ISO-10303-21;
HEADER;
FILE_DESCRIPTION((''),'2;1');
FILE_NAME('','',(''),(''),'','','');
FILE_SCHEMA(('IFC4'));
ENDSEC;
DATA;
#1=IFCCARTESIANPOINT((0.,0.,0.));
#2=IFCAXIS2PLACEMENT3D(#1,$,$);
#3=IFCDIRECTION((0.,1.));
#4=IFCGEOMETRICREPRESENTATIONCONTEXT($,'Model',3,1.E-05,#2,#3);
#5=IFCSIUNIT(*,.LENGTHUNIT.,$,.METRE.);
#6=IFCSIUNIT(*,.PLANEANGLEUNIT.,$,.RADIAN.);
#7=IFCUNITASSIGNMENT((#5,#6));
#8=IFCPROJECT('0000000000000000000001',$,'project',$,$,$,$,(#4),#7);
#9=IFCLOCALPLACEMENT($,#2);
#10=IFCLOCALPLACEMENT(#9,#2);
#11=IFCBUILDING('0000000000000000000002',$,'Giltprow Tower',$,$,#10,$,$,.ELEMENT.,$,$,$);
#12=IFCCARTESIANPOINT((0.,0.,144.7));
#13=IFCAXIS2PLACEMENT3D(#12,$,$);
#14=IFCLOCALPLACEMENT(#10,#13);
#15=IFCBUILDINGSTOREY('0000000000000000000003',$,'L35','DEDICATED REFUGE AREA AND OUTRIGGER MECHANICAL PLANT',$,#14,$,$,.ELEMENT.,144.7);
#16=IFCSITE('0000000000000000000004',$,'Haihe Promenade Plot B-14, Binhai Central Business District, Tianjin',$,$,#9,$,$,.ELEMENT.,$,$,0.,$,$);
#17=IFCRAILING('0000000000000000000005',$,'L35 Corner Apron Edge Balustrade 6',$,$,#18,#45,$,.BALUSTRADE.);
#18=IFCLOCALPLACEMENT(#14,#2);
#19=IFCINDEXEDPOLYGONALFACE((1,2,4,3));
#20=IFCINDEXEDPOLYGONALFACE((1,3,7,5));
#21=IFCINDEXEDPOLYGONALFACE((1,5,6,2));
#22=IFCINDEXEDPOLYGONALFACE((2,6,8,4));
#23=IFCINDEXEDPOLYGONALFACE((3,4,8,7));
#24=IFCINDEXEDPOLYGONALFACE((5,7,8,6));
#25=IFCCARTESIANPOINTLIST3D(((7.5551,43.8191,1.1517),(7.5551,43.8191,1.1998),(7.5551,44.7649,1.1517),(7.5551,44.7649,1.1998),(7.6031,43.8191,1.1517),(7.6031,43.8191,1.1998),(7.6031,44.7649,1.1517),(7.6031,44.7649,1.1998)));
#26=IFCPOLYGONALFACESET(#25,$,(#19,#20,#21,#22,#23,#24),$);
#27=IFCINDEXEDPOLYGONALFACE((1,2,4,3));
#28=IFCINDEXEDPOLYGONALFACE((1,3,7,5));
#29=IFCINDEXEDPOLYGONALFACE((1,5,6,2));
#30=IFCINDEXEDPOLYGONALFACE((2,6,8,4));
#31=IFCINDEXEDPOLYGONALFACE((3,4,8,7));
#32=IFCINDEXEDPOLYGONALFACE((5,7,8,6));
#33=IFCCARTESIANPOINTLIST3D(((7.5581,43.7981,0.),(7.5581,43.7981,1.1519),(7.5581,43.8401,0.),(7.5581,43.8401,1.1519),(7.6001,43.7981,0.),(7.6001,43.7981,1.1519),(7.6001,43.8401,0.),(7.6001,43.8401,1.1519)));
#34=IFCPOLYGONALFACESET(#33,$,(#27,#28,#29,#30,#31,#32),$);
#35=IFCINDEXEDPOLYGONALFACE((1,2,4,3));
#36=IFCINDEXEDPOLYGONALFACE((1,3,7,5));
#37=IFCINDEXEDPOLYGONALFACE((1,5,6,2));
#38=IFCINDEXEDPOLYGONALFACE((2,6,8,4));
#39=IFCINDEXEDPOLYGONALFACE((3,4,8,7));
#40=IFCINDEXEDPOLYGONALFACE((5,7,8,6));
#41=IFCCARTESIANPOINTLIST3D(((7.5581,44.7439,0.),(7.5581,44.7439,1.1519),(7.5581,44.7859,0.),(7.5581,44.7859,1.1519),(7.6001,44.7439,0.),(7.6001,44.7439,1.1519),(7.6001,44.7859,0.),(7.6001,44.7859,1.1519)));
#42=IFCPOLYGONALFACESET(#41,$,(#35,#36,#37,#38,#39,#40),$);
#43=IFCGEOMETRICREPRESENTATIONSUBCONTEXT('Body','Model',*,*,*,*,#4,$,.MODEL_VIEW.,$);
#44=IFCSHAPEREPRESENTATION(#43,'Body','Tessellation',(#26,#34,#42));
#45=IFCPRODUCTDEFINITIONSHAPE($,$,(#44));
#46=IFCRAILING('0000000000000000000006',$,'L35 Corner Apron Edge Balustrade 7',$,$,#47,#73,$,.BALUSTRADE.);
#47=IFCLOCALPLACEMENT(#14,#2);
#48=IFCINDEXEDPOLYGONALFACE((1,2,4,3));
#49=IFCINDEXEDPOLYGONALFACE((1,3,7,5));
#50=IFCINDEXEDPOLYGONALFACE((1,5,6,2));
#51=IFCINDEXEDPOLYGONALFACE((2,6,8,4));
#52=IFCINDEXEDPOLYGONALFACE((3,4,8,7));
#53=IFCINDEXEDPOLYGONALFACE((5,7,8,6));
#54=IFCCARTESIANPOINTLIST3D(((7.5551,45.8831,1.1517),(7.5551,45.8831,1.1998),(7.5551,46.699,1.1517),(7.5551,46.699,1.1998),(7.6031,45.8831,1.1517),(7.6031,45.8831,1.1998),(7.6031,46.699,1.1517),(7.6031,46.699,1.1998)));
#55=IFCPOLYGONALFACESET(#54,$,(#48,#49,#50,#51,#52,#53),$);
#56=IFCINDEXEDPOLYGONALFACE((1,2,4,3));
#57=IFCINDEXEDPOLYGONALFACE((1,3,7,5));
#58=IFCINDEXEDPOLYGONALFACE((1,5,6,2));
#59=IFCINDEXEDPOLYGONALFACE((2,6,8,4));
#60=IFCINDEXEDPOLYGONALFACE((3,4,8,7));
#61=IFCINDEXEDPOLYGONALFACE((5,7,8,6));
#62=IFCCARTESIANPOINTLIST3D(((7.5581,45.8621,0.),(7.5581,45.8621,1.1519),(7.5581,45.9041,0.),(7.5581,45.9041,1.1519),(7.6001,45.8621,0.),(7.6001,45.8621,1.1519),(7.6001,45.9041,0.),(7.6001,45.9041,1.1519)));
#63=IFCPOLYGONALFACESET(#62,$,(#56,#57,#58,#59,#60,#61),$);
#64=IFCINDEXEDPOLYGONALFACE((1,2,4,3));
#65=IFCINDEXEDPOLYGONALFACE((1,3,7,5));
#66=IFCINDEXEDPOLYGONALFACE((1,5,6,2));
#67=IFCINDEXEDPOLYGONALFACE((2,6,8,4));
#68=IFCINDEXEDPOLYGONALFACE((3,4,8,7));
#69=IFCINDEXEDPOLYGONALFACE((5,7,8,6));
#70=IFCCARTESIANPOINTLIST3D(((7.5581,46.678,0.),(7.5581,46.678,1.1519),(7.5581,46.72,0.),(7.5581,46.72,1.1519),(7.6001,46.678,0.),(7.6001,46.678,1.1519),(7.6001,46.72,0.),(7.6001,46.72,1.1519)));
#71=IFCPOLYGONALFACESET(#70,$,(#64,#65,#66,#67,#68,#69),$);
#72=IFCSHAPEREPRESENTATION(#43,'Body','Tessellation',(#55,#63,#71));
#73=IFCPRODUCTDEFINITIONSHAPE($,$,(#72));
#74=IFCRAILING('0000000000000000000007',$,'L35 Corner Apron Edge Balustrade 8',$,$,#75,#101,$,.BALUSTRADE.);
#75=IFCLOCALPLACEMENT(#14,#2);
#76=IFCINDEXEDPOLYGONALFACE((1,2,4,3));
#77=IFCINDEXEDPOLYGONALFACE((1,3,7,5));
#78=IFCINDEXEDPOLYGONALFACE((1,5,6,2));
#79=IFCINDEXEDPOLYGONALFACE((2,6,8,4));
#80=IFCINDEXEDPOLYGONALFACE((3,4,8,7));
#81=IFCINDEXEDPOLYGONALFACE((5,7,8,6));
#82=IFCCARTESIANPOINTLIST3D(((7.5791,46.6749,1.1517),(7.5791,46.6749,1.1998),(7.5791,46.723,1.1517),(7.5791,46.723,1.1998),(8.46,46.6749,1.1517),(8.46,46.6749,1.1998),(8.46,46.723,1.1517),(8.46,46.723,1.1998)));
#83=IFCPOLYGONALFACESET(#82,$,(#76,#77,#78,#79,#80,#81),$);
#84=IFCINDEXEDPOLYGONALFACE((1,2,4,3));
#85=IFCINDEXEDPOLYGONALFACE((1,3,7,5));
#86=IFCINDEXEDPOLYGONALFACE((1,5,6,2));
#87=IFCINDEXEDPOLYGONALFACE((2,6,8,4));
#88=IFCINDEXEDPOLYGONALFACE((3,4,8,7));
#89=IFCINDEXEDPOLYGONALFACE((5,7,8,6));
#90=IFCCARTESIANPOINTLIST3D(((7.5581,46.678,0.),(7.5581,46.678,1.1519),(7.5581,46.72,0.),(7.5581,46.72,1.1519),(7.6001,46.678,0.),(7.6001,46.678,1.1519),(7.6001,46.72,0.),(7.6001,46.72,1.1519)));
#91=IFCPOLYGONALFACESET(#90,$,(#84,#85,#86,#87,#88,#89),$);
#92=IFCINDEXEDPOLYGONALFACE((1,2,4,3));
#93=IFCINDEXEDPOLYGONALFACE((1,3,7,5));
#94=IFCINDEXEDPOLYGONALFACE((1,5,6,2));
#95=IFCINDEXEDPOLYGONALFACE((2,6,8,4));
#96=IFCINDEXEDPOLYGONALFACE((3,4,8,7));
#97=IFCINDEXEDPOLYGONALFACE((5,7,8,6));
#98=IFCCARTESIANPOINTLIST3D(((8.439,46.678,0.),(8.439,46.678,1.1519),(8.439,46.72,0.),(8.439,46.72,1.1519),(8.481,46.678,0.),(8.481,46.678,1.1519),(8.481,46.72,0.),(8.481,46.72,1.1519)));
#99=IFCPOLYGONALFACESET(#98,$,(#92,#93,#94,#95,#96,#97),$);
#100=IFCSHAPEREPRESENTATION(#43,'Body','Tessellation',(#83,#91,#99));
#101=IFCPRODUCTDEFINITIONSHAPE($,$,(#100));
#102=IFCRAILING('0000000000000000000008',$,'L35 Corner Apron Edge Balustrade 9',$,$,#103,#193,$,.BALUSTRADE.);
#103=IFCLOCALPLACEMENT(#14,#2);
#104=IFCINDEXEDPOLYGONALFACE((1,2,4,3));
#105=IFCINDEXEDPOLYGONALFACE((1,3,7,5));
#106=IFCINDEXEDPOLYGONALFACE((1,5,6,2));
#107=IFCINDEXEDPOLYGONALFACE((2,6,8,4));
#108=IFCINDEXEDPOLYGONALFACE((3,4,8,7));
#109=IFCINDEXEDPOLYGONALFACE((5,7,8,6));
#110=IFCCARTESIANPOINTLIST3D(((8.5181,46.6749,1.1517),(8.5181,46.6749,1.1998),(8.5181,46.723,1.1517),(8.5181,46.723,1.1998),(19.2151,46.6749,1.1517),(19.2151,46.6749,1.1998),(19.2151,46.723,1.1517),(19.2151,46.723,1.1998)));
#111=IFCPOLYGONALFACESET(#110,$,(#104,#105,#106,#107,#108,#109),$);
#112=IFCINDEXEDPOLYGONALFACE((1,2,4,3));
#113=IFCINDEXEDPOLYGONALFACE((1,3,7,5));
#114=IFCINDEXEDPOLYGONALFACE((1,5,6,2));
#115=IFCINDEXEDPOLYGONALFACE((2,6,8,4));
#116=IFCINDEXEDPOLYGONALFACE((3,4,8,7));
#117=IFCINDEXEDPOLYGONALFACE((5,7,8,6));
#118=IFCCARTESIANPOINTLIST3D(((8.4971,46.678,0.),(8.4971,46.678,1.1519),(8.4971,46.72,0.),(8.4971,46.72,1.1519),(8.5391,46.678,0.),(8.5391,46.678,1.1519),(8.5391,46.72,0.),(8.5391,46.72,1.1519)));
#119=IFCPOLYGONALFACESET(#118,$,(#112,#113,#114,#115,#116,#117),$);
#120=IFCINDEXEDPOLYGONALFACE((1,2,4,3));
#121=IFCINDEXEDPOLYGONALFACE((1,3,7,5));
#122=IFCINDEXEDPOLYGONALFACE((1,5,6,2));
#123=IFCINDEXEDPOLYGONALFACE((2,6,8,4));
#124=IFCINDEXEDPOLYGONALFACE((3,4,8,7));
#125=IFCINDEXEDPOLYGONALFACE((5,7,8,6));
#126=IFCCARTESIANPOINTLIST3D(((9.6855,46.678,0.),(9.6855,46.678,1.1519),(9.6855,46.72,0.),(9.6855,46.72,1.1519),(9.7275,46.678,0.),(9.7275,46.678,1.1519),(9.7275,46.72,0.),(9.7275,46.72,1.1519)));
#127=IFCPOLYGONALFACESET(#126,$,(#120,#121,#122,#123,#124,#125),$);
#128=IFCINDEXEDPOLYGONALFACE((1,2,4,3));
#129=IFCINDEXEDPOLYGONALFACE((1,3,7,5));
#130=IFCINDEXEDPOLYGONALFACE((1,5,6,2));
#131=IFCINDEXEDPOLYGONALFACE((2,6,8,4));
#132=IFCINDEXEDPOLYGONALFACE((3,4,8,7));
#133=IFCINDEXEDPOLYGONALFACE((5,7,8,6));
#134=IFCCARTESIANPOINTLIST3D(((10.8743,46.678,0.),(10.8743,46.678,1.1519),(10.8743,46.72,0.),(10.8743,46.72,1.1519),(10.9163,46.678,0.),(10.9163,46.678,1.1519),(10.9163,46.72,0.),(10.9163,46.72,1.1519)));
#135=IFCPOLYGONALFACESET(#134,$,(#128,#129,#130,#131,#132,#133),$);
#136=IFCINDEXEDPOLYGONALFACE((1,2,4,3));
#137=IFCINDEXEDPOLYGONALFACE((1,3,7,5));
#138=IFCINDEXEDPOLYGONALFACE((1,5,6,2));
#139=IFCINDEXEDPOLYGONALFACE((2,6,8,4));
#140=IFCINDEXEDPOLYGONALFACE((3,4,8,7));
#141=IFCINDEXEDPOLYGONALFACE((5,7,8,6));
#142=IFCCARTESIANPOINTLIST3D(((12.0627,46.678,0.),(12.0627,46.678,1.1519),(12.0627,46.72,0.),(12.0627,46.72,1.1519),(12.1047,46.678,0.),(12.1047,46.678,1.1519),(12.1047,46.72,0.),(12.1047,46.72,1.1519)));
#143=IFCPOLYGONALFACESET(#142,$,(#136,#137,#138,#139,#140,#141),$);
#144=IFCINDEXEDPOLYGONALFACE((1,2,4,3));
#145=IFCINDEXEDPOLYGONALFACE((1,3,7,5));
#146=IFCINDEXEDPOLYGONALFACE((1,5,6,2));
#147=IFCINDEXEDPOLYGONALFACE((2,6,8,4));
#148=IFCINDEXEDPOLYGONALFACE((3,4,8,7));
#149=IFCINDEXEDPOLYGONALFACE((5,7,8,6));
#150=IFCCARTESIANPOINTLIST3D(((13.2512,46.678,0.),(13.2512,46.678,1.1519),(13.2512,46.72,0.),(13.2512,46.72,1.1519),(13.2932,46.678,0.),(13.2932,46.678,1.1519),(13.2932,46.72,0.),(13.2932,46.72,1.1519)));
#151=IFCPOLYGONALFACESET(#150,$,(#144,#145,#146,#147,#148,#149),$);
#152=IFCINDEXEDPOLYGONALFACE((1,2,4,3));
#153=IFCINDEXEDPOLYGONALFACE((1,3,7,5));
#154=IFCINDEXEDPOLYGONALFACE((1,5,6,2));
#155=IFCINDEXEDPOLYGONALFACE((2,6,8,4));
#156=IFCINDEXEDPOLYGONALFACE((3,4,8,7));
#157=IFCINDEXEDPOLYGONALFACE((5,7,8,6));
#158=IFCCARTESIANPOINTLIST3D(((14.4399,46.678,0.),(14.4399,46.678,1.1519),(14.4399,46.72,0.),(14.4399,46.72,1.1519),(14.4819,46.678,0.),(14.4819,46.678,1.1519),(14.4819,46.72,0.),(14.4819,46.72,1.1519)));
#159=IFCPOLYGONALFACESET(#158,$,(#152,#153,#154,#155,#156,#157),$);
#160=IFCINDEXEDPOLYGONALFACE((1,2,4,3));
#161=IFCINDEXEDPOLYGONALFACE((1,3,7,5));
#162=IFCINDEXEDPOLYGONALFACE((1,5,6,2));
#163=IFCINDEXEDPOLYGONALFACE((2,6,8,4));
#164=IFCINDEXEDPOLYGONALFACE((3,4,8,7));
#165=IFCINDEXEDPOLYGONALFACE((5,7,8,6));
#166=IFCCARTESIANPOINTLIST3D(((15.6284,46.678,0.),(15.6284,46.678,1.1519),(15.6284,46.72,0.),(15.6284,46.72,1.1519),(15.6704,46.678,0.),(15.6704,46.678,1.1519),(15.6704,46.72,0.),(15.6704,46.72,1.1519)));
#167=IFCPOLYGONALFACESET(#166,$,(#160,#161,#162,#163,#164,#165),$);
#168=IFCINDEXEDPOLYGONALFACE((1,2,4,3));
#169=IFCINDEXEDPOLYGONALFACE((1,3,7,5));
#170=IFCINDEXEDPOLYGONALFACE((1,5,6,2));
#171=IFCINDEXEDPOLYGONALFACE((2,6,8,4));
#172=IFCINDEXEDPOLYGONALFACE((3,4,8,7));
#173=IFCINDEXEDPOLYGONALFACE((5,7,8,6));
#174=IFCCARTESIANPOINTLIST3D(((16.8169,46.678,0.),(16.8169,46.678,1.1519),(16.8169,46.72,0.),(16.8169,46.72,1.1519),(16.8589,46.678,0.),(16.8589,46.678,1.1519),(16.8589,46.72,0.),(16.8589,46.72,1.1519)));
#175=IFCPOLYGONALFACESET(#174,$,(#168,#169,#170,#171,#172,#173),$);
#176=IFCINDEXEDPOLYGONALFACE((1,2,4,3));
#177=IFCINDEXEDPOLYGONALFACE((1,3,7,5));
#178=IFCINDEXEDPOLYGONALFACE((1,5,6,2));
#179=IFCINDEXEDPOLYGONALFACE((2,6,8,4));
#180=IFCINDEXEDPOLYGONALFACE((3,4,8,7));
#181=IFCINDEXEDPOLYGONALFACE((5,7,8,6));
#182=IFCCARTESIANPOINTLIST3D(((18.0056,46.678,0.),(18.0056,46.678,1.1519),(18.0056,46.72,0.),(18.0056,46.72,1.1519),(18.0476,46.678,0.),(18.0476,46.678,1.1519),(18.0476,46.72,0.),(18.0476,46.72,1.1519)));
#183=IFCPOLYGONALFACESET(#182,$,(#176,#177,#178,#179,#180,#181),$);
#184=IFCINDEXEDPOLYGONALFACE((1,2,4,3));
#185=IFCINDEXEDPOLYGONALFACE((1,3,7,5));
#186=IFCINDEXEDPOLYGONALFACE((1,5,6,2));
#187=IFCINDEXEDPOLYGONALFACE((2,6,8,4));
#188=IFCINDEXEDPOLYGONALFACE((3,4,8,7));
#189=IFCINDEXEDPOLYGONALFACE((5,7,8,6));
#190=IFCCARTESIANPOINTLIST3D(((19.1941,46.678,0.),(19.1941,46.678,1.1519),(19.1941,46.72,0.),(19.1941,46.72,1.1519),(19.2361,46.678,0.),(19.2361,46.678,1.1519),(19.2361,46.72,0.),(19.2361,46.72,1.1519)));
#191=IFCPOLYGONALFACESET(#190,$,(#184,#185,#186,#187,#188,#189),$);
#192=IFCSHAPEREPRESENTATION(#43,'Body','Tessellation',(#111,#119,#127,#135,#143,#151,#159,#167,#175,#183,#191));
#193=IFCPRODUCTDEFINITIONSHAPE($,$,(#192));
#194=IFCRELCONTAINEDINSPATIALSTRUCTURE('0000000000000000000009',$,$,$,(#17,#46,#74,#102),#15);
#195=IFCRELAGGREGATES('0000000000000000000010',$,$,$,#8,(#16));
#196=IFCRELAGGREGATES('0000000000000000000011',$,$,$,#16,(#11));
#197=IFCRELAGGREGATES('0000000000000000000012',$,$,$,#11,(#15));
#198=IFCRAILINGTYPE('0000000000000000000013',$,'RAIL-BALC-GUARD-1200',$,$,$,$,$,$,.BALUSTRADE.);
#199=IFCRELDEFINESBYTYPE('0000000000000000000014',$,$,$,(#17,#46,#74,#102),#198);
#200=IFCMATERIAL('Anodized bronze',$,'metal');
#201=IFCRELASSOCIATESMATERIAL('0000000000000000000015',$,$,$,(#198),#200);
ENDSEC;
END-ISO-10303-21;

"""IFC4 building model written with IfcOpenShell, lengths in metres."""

from ifc_helpers import new_model, si_unit, direction, frame, origin, origin_2d, place, context, subcontext, project, spatial, rectangle, extrude, material, type_object, element, save


model = new_model("IFC4")

# Units and contexts
model_context = context("Model", 3, precision=1e-05, world=origin(), true_north=direction((0.0, 1.0)))
body_context = subcontext(model_context, "Body", "Model", "MODEL_VIEW")
ifc_project = project(units=[si_unit("LENGTHUNIT", "METRE"), si_unit("PLANEANGLEUNIT", "RADIAN")], contexts=[model_context])

# Site, building, storey
site_placement = place(None, origin())
site = spatial("IfcSite", under=ifc_project, at=site_placement, Name="Haihe Promenade Plot B-14, Binhai Central Business District, Tianjin", CompositionType="ELEMENT", RefElevation=0.0)
building_placement = place(site_placement, origin())
building = spatial("IfcBuilding", under=site, at=building_placement, Name="Giltprow Tower", CompositionType="ELEMENT")
storey_placement = place(building_placement, frame((0.0, 0.0, 144.7)))
storey = spatial("IfcBuildingStorey", under=building, at=storey_placement, Name="L35", Description="DEDICATED REFUGE AREA AND OUTRIGGER MECHANICAL PLANT", CompositionType="ELEMENT", Elevation=144.7)

# Railings
ifc_material_1 = material(Name="Anodized bronze", Category="metal")
railing_type_1 = type_object("IfcRailingType", Name="RAIL-BALC-GUARD-1200", PredefinedType="BALUSTRADE", material=ifc_material_1)
railing_1_placement = place(storey_placement, frame((7.5791, 43.8191, 0.0)))
element("IfcRailing", 1, at=railing_1_placement, inside=storey, type_object=railing_type_1, Name="L35 Corner Apron Edge Balustrade 6", PredefinedType="BALUSTRADE", context=body_context, shape_type="SweptSolid", body=[
    extrude(rectangle(XDim=0.0481, YDim=0.0481, at=origin_2d()), frame((0.0, 0.0, 1.1758), z_axis=(0.0, 1.0, 0.0), x_axis=(-1.0, 0.0, 0.0)), (0.0, 0.0, 1.0), 0.9458),
    extrude(rectangle(XDim=0.042, YDim=0.042, at=origin_2d()), origin(), (0.0, 0.0, 1.0), 1.1519),
    extrude(rectangle(XDim=0.042, YDim=0.042, at=origin_2d()), frame((0.0, 0.9458, 0.0)), (0.0, 0.0, 1.0), 1.1519),
])
railing_2_placement = place(storey_placement, frame((7.5791, 45.8831, 0.0)))
element("IfcRailing", 2, at=railing_2_placement, inside=storey, type_object=railing_type_1, Name="L35 Corner Apron Edge Balustrade 7", PredefinedType="BALUSTRADE", context=body_context, shape_type="SweptSolid", body=[
    extrude(rectangle(XDim=0.0481, YDim=0.0481, at=origin_2d()), frame((0.0, 0.0, 1.1758), z_axis=(0.0, 1.0, 0.0), x_axis=(-1.0, 0.0, 0.0)), (0.0, 0.0, 1.0), 0.8159),
    extrude(rectangle(XDim=0.042, YDim=0.042, at=origin_2d()), origin(), (0.0, 0.0, 1.0), 1.1519),
    extrude(rectangle(XDim=0.042, YDim=0.042, at=origin_2d()), frame((0.0, 0.8159, 0.0)), (0.0, 0.0, 1.0), 1.1519),
])
railing_3_placement = place(storey_placement, frame((7.5791, 46.699, 0.0)))
element("IfcRailing", 3, at=railing_3_placement, inside=storey, type_object=railing_type_1, Name="L35 Corner Apron Edge Balustrade 8", PredefinedType="BALUSTRADE", context=body_context, shape_type="SweptSolid", body=[
    extrude(rectangle(XDim=0.0481, YDim=0.0481, at=origin_2d()), frame((0.0, 0.0, 1.1758), z_axis=(1.0, 0.0, 0.0), x_axis=(0.0, 1.0, 0.0)), (0.0, 0.0, 1.0), 0.8809),
    extrude(rectangle(XDim=0.042, YDim=0.042, at=origin_2d()), origin(), (0.0, 0.0, 1.0), 1.1519),
    extrude(rectangle(XDim=0.042, YDim=0.042, at=origin_2d()), frame((0.8809, 0.0, 0.0)), (0.0, 0.0, 1.0), 1.1519),
])
railing_4_placement = place(storey_placement, frame((8.5181, 46.699, 0.0)))
element("IfcRailing", 4, at=railing_4_placement, inside=storey, type_object=railing_type_1, Name="L35 Corner Apron Edge Balustrade 9", PredefinedType="BALUSTRADE", context=body_context, shape_type="SweptSolid", body=[
    extrude(rectangle(XDim=0.0481, YDim=0.0481, at=origin_2d()), frame((0.0, 0.0, 1.1758), z_axis=(1.0, 0.0, 0.0), x_axis=(0.0, 1.0, 0.0)), (0.0, 0.0, 1.0), 10.697),
    extrude(rectangle(XDim=0.042, YDim=0.042, at=origin_2d()), origin(), (0.0, 0.0, 1.0), 1.1519),
    extrude(rectangle(XDim=0.042, YDim=0.042, at=origin_2d()), frame((1.1885, 0.0, 0.0)), (0.0, 0.0, 1.0), 1.1519),
    extrude(rectangle(XDim=0.042, YDim=0.042, at=origin_2d()), frame((2.3772, 0.0, 0.0)), (0.0, 0.0, 1.0), 1.1519),
    extrude(rectangle(XDim=0.042, YDim=0.042, at=origin_2d()), frame((3.5657, 0.0, 0.0)), (0.0, 0.0, 1.0), 1.1519),
    extrude(rectangle(XDim=0.042, YDim=0.042, at=origin_2d()), frame((4.7542, 0.0, 0.0)), (0.0, 0.0, 1.0), 1.1519),
    extrude(rectangle(XDim=0.042, YDim=0.042, at=origin_2d()), frame((5.9429, 0.0, 0.0)), (0.0, 0.0, 1.0), 1.1519),
    extrude(rectangle(XDim=0.042, YDim=0.042, at=origin_2d()), frame((7.1313, 0.0, 0.0)), (0.0, 0.0, 1.0), 1.1519),
    extrude(rectangle(XDim=0.042, YDim=0.042, at=origin_2d()), frame((8.3198, 0.0, 0.0)), (0.0, 0.0, 1.0), 1.1519),
    extrude(rectangle(XDim=0.042, YDim=0.042, at=origin_2d()), frame((9.5085, 0.0, 0.0)), (0.0, 0.0, 1.0), 1.1519),
    extrude(rectangle(XDim=0.042, YDim=0.042, at=origin_2d()), frame((10.697, 0.0, 0.0)), (0.0, 0.0, 1.0), 1.1519),
])

save(model, "model.ifc")
